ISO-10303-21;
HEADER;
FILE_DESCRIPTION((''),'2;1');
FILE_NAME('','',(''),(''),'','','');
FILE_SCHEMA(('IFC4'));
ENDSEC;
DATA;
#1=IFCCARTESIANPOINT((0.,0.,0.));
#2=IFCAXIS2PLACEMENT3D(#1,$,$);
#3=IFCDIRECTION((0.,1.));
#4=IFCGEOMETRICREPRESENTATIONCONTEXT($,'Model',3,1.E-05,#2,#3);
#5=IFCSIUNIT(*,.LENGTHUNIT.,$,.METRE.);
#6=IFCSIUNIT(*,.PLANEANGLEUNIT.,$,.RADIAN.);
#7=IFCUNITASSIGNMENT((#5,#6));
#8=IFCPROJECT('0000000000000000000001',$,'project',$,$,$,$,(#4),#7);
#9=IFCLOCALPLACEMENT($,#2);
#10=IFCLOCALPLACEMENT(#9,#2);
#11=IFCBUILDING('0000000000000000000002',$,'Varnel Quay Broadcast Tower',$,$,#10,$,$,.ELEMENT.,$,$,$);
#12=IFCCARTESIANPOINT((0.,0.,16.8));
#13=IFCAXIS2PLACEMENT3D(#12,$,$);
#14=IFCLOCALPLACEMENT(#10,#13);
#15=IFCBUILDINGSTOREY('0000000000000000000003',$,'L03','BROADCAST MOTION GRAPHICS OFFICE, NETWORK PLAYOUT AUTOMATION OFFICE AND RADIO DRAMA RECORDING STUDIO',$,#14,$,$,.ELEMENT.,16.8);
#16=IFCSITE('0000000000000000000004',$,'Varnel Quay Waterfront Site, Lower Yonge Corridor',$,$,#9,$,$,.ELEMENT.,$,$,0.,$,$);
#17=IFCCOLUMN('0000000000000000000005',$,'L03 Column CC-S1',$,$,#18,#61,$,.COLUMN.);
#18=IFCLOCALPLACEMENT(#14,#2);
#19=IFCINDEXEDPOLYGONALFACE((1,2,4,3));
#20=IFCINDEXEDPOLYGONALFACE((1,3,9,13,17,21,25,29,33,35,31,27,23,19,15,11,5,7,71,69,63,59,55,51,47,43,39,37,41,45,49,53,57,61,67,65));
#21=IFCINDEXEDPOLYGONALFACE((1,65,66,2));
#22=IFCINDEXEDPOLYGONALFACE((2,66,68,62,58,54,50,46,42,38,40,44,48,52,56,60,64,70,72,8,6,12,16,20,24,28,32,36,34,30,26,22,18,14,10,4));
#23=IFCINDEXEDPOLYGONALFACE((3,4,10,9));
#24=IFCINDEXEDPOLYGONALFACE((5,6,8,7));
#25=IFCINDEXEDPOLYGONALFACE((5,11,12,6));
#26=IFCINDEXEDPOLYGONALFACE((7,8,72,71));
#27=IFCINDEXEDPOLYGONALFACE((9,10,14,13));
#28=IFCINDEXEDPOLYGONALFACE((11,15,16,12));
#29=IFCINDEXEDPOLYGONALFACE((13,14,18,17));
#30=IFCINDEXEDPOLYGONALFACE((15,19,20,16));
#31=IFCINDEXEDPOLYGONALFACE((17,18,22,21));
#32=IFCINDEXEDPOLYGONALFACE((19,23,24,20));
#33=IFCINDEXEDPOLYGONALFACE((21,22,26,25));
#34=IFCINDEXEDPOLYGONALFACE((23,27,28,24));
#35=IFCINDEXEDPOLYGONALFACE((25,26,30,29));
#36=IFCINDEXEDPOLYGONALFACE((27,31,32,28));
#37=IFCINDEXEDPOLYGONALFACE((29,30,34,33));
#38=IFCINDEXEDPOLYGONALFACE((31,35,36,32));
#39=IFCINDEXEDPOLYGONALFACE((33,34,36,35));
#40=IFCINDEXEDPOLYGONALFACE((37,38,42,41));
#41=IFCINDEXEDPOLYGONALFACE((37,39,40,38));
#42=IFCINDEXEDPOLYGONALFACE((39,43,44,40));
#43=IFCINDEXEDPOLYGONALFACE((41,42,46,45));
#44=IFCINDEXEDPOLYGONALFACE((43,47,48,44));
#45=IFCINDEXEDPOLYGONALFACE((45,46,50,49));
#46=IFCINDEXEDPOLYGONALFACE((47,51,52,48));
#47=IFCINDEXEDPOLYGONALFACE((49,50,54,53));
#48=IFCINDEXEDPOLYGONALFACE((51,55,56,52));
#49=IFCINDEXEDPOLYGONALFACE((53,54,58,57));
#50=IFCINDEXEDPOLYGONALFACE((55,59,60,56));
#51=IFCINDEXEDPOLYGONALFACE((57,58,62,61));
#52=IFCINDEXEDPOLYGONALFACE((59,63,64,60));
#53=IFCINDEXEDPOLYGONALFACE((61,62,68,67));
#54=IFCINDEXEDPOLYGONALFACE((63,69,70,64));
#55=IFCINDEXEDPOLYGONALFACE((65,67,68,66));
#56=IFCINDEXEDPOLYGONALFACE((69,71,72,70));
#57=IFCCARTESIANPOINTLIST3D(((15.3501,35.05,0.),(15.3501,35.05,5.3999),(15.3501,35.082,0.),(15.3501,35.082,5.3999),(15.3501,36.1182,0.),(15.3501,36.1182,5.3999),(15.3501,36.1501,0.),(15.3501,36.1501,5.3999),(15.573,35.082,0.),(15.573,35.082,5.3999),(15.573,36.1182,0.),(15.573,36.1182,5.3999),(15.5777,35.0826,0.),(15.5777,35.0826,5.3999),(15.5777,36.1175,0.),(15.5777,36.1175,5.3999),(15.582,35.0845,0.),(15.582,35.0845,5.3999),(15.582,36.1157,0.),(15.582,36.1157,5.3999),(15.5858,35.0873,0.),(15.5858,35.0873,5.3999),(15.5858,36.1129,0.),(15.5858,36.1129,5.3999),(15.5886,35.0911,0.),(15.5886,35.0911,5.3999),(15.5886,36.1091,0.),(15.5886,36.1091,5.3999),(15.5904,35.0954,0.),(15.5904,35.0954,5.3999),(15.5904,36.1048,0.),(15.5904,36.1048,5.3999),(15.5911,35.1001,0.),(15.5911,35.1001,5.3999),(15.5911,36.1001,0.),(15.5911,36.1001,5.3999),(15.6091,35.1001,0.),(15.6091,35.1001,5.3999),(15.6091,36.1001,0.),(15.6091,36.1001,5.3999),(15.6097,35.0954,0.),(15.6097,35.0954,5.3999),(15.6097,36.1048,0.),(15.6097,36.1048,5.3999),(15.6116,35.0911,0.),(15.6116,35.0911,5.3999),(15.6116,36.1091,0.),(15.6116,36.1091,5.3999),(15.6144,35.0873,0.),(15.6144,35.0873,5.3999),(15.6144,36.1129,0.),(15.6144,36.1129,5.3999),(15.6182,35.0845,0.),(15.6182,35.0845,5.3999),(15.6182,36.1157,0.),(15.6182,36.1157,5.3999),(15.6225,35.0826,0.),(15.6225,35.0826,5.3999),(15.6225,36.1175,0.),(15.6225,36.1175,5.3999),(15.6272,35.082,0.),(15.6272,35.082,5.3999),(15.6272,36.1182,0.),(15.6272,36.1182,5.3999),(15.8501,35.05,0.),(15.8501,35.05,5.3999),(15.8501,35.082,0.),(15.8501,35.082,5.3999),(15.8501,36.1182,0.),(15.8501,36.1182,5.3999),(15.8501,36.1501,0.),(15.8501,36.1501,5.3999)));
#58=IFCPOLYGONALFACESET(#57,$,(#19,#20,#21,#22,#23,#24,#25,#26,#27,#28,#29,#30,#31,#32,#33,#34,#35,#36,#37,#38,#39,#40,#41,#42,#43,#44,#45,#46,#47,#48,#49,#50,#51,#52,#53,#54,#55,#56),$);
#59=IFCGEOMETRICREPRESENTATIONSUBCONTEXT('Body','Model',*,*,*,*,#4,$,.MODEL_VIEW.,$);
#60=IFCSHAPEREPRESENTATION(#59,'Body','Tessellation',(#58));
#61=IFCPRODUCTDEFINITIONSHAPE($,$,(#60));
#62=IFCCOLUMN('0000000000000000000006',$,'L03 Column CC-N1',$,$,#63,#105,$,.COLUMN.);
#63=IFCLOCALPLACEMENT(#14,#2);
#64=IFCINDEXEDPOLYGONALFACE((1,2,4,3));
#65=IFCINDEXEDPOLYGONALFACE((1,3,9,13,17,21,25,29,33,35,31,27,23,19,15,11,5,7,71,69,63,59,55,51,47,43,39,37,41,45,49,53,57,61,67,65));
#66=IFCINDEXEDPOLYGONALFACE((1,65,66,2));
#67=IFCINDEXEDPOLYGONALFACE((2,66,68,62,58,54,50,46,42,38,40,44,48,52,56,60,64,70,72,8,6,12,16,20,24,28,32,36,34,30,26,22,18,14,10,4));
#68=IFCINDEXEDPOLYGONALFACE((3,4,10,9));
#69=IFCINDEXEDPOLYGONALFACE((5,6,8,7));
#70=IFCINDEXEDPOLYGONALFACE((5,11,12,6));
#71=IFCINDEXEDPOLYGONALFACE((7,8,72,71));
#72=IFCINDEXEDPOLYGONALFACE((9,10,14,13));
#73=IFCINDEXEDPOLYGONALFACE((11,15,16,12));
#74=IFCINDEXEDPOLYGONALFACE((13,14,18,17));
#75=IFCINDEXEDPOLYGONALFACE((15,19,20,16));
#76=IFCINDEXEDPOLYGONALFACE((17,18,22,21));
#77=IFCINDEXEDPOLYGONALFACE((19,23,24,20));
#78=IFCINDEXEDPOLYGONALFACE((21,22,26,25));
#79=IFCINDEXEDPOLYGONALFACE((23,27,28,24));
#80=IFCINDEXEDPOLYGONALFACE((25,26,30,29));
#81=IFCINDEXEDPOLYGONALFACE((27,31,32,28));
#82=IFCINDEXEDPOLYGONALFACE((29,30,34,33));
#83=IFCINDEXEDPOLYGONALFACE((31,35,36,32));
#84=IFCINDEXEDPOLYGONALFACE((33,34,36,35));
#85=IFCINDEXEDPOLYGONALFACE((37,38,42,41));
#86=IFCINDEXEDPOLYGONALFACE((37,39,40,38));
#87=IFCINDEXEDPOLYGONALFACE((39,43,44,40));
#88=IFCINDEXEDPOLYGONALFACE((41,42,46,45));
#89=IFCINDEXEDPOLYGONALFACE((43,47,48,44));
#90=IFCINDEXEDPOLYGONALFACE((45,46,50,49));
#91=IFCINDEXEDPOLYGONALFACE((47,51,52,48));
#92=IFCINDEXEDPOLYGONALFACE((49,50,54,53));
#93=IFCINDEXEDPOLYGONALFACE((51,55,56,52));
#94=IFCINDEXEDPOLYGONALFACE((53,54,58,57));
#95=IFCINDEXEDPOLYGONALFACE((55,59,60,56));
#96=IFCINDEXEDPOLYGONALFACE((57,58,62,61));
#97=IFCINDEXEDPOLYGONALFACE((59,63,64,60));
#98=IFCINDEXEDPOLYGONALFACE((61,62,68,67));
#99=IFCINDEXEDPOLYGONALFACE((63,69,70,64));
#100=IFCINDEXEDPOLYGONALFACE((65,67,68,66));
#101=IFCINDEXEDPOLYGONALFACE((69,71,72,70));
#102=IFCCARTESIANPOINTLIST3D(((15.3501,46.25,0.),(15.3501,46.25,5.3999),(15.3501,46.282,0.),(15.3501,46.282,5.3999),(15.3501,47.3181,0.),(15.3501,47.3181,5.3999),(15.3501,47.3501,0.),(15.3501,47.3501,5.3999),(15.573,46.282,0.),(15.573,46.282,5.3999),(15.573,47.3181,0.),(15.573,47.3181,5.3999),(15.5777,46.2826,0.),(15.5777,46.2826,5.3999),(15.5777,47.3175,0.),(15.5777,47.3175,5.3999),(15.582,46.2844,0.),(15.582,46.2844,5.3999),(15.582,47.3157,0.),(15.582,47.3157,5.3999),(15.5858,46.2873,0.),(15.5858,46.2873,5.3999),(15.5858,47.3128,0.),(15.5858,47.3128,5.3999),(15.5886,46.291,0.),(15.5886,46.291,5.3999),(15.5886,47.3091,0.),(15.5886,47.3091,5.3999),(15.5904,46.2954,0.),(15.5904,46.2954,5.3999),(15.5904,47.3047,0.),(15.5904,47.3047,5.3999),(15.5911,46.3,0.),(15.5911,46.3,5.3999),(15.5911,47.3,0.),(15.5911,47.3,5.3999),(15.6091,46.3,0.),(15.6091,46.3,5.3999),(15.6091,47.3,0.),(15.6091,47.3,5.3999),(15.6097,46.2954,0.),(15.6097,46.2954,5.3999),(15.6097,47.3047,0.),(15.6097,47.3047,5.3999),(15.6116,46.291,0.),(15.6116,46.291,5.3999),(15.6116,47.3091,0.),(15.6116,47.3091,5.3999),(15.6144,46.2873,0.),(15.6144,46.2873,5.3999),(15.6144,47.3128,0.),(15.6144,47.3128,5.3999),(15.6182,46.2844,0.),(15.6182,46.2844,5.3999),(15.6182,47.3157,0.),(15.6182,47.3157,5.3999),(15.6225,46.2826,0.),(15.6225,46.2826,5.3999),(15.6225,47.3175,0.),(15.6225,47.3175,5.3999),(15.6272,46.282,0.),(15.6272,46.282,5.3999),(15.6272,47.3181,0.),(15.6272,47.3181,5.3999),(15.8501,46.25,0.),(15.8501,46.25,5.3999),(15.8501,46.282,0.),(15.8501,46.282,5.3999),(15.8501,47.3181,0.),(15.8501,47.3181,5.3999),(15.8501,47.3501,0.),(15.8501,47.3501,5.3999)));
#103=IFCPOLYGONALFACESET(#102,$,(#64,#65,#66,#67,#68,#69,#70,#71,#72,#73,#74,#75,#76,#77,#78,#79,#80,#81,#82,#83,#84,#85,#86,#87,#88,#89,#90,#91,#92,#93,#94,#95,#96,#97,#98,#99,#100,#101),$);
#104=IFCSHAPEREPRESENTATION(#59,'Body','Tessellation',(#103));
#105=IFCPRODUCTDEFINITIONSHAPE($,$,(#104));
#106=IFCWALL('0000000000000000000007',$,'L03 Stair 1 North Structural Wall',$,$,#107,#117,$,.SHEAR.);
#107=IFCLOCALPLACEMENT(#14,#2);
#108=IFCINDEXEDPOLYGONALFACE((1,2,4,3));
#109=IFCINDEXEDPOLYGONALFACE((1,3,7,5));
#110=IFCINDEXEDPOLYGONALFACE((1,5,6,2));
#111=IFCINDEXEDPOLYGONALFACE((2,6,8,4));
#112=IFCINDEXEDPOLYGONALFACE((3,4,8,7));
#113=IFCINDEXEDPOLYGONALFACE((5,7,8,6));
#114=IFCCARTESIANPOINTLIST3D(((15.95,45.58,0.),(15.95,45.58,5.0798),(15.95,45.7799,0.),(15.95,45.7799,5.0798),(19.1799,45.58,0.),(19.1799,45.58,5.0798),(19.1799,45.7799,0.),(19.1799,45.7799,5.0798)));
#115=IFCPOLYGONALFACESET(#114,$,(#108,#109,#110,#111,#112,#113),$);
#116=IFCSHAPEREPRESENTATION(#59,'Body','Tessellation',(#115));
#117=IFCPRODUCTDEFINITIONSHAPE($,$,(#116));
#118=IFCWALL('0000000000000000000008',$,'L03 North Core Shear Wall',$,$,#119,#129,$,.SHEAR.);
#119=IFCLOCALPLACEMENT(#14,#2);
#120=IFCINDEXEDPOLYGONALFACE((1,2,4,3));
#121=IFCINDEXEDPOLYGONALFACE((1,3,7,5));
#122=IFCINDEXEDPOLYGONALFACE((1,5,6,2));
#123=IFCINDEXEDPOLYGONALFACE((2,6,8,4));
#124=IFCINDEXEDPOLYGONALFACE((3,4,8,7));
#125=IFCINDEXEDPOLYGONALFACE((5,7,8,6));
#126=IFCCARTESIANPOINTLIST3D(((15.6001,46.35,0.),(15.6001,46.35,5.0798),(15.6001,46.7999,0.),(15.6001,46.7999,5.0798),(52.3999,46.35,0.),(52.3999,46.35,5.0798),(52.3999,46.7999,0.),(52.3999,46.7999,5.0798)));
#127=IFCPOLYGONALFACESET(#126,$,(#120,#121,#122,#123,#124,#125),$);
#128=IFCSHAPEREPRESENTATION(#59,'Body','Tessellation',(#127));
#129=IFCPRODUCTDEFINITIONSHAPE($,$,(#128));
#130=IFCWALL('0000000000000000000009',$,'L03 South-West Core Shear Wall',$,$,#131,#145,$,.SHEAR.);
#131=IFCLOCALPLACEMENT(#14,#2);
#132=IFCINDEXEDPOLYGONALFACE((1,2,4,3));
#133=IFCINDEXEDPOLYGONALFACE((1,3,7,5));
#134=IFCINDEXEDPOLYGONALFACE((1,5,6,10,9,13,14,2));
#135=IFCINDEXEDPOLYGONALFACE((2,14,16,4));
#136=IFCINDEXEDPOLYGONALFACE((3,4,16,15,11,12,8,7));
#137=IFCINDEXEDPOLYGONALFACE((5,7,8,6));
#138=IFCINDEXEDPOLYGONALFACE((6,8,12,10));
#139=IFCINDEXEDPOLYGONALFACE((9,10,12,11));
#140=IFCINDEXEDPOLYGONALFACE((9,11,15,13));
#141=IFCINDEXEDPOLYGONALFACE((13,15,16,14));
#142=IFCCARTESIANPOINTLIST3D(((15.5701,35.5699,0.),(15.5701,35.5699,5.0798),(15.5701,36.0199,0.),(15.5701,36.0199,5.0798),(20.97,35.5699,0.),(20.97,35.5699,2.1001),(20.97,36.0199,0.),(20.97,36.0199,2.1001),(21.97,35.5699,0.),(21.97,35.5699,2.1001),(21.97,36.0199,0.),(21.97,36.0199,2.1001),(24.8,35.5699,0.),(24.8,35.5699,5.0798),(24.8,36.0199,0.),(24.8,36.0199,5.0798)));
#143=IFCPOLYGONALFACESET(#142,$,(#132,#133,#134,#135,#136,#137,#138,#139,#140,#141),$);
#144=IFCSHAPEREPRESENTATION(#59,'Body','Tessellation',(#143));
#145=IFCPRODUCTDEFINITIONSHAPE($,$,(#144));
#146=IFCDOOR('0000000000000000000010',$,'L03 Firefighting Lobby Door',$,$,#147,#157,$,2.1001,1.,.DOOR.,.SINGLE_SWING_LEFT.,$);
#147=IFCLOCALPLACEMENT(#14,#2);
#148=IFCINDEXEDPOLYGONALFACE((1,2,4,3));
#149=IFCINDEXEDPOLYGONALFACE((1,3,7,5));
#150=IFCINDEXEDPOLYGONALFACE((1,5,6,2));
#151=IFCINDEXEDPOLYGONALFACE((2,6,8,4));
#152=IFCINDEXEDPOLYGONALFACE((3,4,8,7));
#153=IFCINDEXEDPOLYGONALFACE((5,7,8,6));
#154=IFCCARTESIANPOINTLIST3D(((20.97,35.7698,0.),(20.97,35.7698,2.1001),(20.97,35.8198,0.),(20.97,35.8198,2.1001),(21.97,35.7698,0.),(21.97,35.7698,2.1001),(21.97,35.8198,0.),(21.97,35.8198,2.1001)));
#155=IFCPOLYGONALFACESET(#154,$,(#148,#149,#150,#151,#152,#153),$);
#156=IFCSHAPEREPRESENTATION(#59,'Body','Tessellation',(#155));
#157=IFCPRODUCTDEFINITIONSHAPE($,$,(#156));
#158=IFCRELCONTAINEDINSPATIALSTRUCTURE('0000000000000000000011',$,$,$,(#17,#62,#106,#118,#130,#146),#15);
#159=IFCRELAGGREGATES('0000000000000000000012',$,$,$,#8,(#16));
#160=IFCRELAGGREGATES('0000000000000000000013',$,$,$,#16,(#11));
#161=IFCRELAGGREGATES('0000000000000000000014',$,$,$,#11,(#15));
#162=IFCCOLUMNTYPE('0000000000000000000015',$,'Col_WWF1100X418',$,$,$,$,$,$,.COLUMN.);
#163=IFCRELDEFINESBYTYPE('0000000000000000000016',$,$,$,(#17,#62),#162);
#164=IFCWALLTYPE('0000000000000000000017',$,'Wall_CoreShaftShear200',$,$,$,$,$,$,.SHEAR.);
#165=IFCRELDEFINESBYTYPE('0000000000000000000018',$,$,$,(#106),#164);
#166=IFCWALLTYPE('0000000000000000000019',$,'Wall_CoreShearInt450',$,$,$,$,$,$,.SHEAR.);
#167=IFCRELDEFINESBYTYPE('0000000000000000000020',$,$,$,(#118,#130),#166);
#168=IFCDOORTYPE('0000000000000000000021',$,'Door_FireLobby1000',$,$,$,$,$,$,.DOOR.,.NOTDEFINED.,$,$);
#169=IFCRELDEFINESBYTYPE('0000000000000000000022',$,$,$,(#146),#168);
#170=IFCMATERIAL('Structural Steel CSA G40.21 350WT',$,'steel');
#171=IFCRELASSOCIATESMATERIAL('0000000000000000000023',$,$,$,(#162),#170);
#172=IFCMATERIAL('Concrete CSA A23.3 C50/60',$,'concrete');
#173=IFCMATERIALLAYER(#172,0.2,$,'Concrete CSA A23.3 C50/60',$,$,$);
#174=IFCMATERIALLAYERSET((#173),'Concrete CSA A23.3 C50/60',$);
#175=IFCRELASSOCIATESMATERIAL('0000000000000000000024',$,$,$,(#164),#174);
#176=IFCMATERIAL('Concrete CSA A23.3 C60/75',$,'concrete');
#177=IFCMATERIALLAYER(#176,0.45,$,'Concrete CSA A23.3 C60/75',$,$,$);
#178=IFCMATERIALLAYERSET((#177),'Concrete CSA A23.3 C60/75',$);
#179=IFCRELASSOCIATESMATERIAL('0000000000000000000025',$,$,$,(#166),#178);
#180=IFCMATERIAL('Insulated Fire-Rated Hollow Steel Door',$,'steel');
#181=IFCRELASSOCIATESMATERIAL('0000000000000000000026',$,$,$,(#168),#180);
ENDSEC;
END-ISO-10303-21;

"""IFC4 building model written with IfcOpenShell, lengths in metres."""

from ifc_helpers import new_model, si_unit, direction, frame, frame_2d, origin, origin_2d, place, context, subcontext, project, spatial, rectangle, i_section, extrude, source, transform, mapped, material, layer, layer_set, material_profile, profile_set, type_object, type_shapes, element, fill, save


model = new_model("IFC4")

# Units and contexts
model_context = context("Model", 3, precision=1e-05, world=origin(), true_north=direction((0.0, 1.0)))
body_context = subcontext(model_context, "Body", "Model", "MODEL_VIEW")
ifc_project = project(units=[si_unit("LENGTHUNIT", "METRE"), si_unit("PLANEANGLEUNIT", "RADIAN")], contexts=[model_context])

# Site, building, storey
site_placement = place(None, origin())
site = spatial("IfcSite", under=ifc_project, at=site_placement, Name="Varnel Quay Waterfront Site, Lower Yonge Corridor", CompositionType="ELEMENT", RefElevation=0.0)
building_placement = place(site_placement, origin())
building = spatial("IfcBuilding", under=site, at=building_placement, Name="Varnel Quay Broadcast Tower", CompositionType="ELEMENT")
storey_placement = place(building_placement, frame((0.0, 0.0, 16.8)))
storey = spatial("IfcBuildingStorey", under=building, at=storey_placement, Name="L03", Description="BROADCAST MOTION GRAPHICS OFFICE, NETWORK PLAYOUT AUTOMATION OFFICE AND RADIO DRAMA RECORDING STUDIO", CompositionType="ELEMENT", Elevation=16.8)

# Columns
ifc_material_1 = material(Name="Structural Steel CSA G40.21 350WT", Category="steel")
ifc_material_profile = material_profile(ifc_material_1, i_section(OverallWidth=0.5, OverallDepth=1.1001, WebThickness=0.0181, FlangeThickness=0.032, FilletRadius=0.0181, at=origin_2d()), Name="WWF1100X418")
ifc_profile_set = profile_set([ifc_material_profile], Name="Structural Steel CSA G40.21 350WT")
column_type = type_object("IfcColumnType", Name="Col_WWF1100X418", PredefinedType="COLUMN", material=ifc_profile_set)
shared_shape_1 = source(origin(), body_context, "Body", "SweptSolid", [
    extrude(i_section(OverallWidth=0.5, OverallDepth=1.1001, WebThickness=0.0181, FlangeThickness=0.032, FilletRadius=0.0181, at=origin_2d()), origin(), (0.0, 0.0, 1.0), 5.3999),
])
type_shapes(column_type, [shared_shape_1])
for number, where, z_axis, x_axis, name in (
    (1, (15.6001, 35.6001, 0.0), (0.0, 0.0, 1.0), (1.0, 0.0, 0.0), "L03 Column CC-S1"),
    (2, (15.6001, 46.8, 0.0), (0.0, 0.0, 1.0), (1.0, 0.0, 0.0), "L03 Column CC-N1"),
):
    element("IfcColumn", number, at=place(storey_placement, frame(where, z_axis=z_axis, x_axis=x_axis)), inside=storey, type_object=column_type, Name=name, PredefinedType="COLUMN", context=body_context, shape_type="MappedRepresentation", body=[
        mapped(shared_shape_1, transform((0.0, 0.0, 0.0), x_axis=(1.0, 0.0, 0.0), y_axis=(0.0, 1.0, 0.0), z_axis=(0.0, 0.0, 1.0), scale=1.0)),
    ])

# Walls
ifc_material_2 = material(Name="Concrete CSA A23.3 C50/60", Category="concrete")
ifc_layer_1 = layer(ifc_material_2, 0.2, Name="Concrete CSA A23.3 C50/60")
ifc_layer_set_1 = layer_set([ifc_layer_1], Name="Concrete CSA A23.3 C50/60")
wall_type_1 = type_object("IfcWallType", Name="Wall_CoreShaftShear200", PredefinedType="SHEAR", material=ifc_layer_set_1)
wall_1_placement = place(storey_placement, frame((15.95, 45.6799, 0.0), z_axis=(0.0, 0.0, 1.0), x_axis=(1.0, 0.0, 0.0)))
element("IfcWall", 3, at=wall_1_placement, inside=storey, type_object=wall_type_1, Name="L03 Stair 1 North Structural Wall", PredefinedType="SHEAR", context=body_context, shape_type="SweptSolid", body=[
    extrude(rectangle(XDim=3.23, YDim=0.2, at=frame_2d((1.615, 0.0))), origin(), (0.0, 0.0, 1.0), 5.0798),
])
ifc_material_3 = material(Name="Concrete CSA A23.3 C60/75", Category="concrete")
ifc_layer_2 = layer(ifc_material_3, 0.45, Name="Concrete CSA A23.3 C60/75")
ifc_layer_set_2 = layer_set([ifc_layer_2], Name="Concrete CSA A23.3 C60/75")
wall_type_2 = type_object("IfcWallType", Name="Wall_CoreShearInt450", PredefinedType="SHEAR", material=ifc_layer_set_2)
wall_2_placement = place(storey_placement, frame((15.6001, 46.575, 0.0), z_axis=(0.0, 0.0, 1.0), x_axis=(1.0, 0.0, 0.0)))
element("IfcWall", 4, at=wall_2_placement, inside=storey, type_object=wall_type_2, Name="L03 North Core Shear Wall", PredefinedType="SHEAR", context=body_context, shape_type="SweptSolid", body=[
    extrude(rectangle(XDim=36.7998, YDim=0.45, at=frame_2d((18.3999, 0.0))), origin(), (0.0, 0.0, 1.0), 5.0798),
])

# Wall, opening, door
wall_3_placement = place(storey_placement, frame((15.5701, 35.7949, 0.0), z_axis=(0.0, 0.0, 1.0), x_axis=(1.0, 0.0, 0.0)))
wall_3 = element("IfcWall", 5, at=wall_3_placement, inside=storey, type_object=wall_type_2, Name="L03 South-West Core Shear Wall", PredefinedType="SHEAR", context=body_context, shape_type="SweptSolid", body=[
    extrude(rectangle(XDim=9.23, YDim=0.45, at=frame_2d((4.615, 0.0))), origin(), (0.0, 0.0, 1.0), 5.0798),
])
opening_placement = place(wall_3_placement, frame((5.3999, 0.0, 0.0)))
opening = element("IfcOpeningElement", 6, at=opening_placement, cuts=wall_3, PredefinedType="OPENING", context=body_context, shape_type="SweptSolid", body=[
    extrude(rectangle(XDim=1.0, YDim=2.1001, at=frame_2d((0.5, 1.05))), frame((0.0, 0.2349, 0.0), z_axis=(0.0, -1.0, 0.0), x_axis=(1.0, 0.0, 0.0)), (0.0, 0.0, 1.0), 0.47),
])
ifc_material_4 = material(Name="Insulated Fire-Rated Hollow Steel Door", Category="steel")
door_type = type_object("IfcDoorType", Name="Door_FireLobby1000", OperationType="NOTDEFINED", PredefinedType="DOOR", material=ifc_material_4)
shared_shape_2 = source(origin(), body_context, "Body", "SweptSolid", [
    extrude(rectangle(XDim=1.0, YDim=2.1001, at=frame_2d((0.5, 1.05))), frame((0.0, 0.0249, 0.0), z_axis=(0.0, -1.0, 0.0), x_axis=(1.0, 0.0, 0.0)), (0.0, 0.0, 1.0), 0.05),
])
type_shapes(door_type, [shared_shape_2])
door_placement = place(opening_placement, origin())
door = element("IfcDoor", 7, at=door_placement, inside=storey, type_object=door_type, Name="L03 Firefighting Lobby Door", OperationType="SINGLE_SWING_LEFT", OverallHeight=2.1001, OverallWidth=1.0, PredefinedType="DOOR", context=body_context, shape_type="MappedRepresentation", body=[
    mapped(shared_shape_2, transform((0.0, 0.0, 0.0), x_axis=(1.0, 0.0, 0.0), y_axis=(0.0, 1.0, 0.0), z_axis=(0.0, 0.0, 1.0), scale=1.0)),
])
fill(opening, door)

save(model, "model.ifc")
